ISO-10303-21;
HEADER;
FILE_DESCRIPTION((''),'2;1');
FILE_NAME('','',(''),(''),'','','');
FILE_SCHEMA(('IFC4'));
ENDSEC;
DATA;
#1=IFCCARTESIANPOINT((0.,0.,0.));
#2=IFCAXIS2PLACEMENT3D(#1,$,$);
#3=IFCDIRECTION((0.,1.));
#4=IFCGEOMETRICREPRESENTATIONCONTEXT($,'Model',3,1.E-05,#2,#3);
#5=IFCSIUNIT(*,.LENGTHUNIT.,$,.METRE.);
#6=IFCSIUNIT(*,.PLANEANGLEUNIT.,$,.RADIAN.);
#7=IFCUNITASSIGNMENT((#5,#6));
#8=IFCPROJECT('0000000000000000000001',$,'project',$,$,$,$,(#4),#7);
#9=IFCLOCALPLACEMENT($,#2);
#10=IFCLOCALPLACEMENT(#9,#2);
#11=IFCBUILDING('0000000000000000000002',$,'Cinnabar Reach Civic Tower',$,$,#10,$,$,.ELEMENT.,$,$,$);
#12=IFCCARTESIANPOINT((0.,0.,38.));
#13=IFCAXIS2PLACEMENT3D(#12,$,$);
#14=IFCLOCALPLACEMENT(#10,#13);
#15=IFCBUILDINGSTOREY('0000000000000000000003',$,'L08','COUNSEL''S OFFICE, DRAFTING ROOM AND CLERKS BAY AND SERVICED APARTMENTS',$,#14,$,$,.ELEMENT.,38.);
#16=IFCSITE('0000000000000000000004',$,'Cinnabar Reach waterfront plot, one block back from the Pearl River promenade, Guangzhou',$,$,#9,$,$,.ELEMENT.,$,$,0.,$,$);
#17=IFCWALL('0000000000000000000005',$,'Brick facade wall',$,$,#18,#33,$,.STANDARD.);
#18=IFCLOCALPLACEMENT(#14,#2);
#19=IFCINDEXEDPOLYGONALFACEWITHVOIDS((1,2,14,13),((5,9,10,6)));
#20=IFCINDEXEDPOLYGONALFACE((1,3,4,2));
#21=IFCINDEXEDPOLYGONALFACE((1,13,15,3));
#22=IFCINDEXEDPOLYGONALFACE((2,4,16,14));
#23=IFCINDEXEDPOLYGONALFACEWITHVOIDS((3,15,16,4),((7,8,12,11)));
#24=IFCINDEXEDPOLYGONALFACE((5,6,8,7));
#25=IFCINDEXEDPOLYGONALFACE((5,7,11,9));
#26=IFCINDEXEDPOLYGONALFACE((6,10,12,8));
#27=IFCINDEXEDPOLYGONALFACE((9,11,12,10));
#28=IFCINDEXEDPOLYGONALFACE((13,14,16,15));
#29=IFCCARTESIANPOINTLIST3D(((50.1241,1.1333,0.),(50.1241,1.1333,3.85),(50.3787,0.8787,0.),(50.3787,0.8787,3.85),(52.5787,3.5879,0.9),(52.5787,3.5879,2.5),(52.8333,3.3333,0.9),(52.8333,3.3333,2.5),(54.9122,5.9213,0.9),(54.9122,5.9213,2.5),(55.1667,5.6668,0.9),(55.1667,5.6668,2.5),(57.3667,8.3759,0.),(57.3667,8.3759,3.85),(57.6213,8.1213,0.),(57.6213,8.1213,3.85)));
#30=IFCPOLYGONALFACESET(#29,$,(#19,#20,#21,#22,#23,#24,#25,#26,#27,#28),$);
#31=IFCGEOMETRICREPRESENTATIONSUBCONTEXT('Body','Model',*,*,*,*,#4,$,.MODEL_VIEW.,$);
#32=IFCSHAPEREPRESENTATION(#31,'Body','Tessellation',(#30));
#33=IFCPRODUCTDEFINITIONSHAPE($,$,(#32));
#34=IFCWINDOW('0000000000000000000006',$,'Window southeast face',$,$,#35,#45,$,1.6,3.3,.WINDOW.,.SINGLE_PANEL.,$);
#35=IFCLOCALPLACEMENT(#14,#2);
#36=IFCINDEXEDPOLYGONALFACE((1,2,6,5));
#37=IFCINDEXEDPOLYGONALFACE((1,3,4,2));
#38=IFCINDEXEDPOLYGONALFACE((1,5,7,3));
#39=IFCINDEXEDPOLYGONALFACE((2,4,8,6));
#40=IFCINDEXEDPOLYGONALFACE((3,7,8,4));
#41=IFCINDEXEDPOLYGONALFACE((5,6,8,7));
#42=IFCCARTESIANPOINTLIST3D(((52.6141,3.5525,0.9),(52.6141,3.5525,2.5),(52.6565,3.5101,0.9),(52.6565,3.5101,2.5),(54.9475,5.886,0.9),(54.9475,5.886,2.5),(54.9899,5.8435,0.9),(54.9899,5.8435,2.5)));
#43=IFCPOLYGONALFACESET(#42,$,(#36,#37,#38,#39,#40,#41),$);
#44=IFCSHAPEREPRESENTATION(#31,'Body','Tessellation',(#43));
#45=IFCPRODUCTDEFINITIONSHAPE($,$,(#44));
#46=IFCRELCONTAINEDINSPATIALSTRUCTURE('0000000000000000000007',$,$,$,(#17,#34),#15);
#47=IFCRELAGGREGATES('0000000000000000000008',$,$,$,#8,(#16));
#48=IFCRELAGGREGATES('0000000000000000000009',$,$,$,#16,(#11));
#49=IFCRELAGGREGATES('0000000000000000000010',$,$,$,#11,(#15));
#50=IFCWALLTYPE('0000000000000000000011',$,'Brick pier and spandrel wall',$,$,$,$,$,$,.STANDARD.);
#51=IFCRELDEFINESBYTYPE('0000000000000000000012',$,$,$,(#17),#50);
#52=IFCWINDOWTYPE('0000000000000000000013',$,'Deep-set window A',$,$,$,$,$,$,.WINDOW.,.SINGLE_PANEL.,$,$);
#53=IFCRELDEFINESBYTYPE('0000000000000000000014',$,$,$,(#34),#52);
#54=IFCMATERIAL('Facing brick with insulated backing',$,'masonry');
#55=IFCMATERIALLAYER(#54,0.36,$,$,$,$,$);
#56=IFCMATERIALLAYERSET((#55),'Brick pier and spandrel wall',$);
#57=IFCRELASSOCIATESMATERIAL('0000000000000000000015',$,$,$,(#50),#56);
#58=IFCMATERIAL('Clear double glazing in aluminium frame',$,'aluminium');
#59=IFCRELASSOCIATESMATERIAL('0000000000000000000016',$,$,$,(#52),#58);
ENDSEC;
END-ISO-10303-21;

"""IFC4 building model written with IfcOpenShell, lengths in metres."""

from ifc_helpers import new_model, si_unit, direction, frame, frame_2d, origin, place, context, subcontext, project, spatial, rectangle, extrude, material, layer, layer_set, type_object, element, fill, save


model = new_model("IFC4")

# Units and contexts
model_context = context("Model", 3, precision=1e-05, world=origin(), true_north=direction((0.0, 1.0)))
body_context = subcontext(model_context, "Body", "Model", "MODEL_VIEW")
ifc_project = project(units=[si_unit("LENGTHUNIT", "METRE"), si_unit("PLANEANGLEUNIT", "RADIAN")], contexts=[model_context])

# Site, building, storey
site_placement = place(None, origin())
site = spatial("IfcSite", under=ifc_project, at=site_placement, Name="Cinnabar Reach waterfront plot, one block back from the Pearl River promenade, Guangzhou", CompositionType="ELEMENT", RefElevation=0.0)
building_placement = place(site_placement, origin())
building = spatial("IfcBuilding", under=site, at=building_placement, Name="Cinnabar Reach Civic Tower", CompositionType="ELEMENT")
storey_placement = place(building_placement, frame((0.0, 0.0, 38.0)))
storey = spatial("IfcBuildingStorey", under=building, at=storey_placement, Name="L08", Description="COUNSEL'S OFFICE, DRAFTING ROOM AND CLERKS BAY AND SERVICED APARTMENTS", CompositionType="ELEMENT", Elevation=38.0)

# Shared definitions
ifc_material_1 = material(Name="Facing brick with insulated backing", Category="masonry")

# Wall, opening, window
ifc_layer_1 = layer(ifc_material_1, 0.36)
ifc_layer_set_1 = layer_set([ifc_layer_1], Name="Brick pier and spandrel wall")
wall_type_1 = type_object("IfcWallType", Name="Brick pier and spandrel wall", PredefinedType="STANDARD", material=ifc_layer_set_1)
wall_1_placement = place(storey_placement, frame((50.2514, 1.006, 0.0), z_axis=(0.0, 0.0, 1.0), x_axis=(0.707107, 0.707107, 0.0)))
wall_1 = element("IfcWall", 1, at=wall_1_placement, inside=storey, type_object=wall_type_1, Name="Brick facade wall", PredefinedType="STANDARD", context=body_context, shape_type="SweptSolid", body=[
    extrude(rectangle(XDim=10.2426, YDim=0.36, at=frame_2d((5.1213, 0.0))), origin(), (0.0, 0.0, 1.0), 3.85),
])
opening_placement = place(wall_1_placement, frame((3.4713, 0.0, 0.9)))
opening = element("IfcOpeningElement", 2, at=opening_placement, cuts=wall_1, PredefinedType="OPENING", context=body_context, shape_type="SweptSolid", body=[
    extrude(rectangle(XDim=3.3, YDim=1.6, at=frame_2d((1.65, 0.8))), frame((0.0, 0.19, 0.0), z_axis=(0.0, -1.0, 0.0), x_axis=(1.0, 0.0, 0.0)), (0.0, 0.0, 1.0), 0.38),
])
ifc_material_2 = material(Name="Clear double glazing in aluminium frame", Category="aluminium")
window_type = type_object("IfcWindowType", Name="Deep-set window A", PartitioningType="SINGLE_PANEL", PredefinedType="WINDOW", material=ifc_material_2)
window_placement = place(opening_placement, origin())
window = element("IfcWindow", 3, at=window_placement, inside=storey, type_object=window_type, Name="Window southeast face", OverallHeight=1.6, OverallWidth=3.3, PartitioningType="SINGLE_PANEL", PredefinedType="WINDOW", context=body_context, shape_type="SweptSolid", body=[
    extrude(rectangle(XDim=3.3, YDim=1.6, at=frame_2d((1.65, 0.8))), frame((0.0, 0.13, 0.0), z_axis=(0.0, -1.0, 0.0), x_axis=(1.0, 0.0, 0.0)), (0.0, 0.0, 1.0), 0.06),
])
fill(opening, window)

save(model, "model.ifc")
